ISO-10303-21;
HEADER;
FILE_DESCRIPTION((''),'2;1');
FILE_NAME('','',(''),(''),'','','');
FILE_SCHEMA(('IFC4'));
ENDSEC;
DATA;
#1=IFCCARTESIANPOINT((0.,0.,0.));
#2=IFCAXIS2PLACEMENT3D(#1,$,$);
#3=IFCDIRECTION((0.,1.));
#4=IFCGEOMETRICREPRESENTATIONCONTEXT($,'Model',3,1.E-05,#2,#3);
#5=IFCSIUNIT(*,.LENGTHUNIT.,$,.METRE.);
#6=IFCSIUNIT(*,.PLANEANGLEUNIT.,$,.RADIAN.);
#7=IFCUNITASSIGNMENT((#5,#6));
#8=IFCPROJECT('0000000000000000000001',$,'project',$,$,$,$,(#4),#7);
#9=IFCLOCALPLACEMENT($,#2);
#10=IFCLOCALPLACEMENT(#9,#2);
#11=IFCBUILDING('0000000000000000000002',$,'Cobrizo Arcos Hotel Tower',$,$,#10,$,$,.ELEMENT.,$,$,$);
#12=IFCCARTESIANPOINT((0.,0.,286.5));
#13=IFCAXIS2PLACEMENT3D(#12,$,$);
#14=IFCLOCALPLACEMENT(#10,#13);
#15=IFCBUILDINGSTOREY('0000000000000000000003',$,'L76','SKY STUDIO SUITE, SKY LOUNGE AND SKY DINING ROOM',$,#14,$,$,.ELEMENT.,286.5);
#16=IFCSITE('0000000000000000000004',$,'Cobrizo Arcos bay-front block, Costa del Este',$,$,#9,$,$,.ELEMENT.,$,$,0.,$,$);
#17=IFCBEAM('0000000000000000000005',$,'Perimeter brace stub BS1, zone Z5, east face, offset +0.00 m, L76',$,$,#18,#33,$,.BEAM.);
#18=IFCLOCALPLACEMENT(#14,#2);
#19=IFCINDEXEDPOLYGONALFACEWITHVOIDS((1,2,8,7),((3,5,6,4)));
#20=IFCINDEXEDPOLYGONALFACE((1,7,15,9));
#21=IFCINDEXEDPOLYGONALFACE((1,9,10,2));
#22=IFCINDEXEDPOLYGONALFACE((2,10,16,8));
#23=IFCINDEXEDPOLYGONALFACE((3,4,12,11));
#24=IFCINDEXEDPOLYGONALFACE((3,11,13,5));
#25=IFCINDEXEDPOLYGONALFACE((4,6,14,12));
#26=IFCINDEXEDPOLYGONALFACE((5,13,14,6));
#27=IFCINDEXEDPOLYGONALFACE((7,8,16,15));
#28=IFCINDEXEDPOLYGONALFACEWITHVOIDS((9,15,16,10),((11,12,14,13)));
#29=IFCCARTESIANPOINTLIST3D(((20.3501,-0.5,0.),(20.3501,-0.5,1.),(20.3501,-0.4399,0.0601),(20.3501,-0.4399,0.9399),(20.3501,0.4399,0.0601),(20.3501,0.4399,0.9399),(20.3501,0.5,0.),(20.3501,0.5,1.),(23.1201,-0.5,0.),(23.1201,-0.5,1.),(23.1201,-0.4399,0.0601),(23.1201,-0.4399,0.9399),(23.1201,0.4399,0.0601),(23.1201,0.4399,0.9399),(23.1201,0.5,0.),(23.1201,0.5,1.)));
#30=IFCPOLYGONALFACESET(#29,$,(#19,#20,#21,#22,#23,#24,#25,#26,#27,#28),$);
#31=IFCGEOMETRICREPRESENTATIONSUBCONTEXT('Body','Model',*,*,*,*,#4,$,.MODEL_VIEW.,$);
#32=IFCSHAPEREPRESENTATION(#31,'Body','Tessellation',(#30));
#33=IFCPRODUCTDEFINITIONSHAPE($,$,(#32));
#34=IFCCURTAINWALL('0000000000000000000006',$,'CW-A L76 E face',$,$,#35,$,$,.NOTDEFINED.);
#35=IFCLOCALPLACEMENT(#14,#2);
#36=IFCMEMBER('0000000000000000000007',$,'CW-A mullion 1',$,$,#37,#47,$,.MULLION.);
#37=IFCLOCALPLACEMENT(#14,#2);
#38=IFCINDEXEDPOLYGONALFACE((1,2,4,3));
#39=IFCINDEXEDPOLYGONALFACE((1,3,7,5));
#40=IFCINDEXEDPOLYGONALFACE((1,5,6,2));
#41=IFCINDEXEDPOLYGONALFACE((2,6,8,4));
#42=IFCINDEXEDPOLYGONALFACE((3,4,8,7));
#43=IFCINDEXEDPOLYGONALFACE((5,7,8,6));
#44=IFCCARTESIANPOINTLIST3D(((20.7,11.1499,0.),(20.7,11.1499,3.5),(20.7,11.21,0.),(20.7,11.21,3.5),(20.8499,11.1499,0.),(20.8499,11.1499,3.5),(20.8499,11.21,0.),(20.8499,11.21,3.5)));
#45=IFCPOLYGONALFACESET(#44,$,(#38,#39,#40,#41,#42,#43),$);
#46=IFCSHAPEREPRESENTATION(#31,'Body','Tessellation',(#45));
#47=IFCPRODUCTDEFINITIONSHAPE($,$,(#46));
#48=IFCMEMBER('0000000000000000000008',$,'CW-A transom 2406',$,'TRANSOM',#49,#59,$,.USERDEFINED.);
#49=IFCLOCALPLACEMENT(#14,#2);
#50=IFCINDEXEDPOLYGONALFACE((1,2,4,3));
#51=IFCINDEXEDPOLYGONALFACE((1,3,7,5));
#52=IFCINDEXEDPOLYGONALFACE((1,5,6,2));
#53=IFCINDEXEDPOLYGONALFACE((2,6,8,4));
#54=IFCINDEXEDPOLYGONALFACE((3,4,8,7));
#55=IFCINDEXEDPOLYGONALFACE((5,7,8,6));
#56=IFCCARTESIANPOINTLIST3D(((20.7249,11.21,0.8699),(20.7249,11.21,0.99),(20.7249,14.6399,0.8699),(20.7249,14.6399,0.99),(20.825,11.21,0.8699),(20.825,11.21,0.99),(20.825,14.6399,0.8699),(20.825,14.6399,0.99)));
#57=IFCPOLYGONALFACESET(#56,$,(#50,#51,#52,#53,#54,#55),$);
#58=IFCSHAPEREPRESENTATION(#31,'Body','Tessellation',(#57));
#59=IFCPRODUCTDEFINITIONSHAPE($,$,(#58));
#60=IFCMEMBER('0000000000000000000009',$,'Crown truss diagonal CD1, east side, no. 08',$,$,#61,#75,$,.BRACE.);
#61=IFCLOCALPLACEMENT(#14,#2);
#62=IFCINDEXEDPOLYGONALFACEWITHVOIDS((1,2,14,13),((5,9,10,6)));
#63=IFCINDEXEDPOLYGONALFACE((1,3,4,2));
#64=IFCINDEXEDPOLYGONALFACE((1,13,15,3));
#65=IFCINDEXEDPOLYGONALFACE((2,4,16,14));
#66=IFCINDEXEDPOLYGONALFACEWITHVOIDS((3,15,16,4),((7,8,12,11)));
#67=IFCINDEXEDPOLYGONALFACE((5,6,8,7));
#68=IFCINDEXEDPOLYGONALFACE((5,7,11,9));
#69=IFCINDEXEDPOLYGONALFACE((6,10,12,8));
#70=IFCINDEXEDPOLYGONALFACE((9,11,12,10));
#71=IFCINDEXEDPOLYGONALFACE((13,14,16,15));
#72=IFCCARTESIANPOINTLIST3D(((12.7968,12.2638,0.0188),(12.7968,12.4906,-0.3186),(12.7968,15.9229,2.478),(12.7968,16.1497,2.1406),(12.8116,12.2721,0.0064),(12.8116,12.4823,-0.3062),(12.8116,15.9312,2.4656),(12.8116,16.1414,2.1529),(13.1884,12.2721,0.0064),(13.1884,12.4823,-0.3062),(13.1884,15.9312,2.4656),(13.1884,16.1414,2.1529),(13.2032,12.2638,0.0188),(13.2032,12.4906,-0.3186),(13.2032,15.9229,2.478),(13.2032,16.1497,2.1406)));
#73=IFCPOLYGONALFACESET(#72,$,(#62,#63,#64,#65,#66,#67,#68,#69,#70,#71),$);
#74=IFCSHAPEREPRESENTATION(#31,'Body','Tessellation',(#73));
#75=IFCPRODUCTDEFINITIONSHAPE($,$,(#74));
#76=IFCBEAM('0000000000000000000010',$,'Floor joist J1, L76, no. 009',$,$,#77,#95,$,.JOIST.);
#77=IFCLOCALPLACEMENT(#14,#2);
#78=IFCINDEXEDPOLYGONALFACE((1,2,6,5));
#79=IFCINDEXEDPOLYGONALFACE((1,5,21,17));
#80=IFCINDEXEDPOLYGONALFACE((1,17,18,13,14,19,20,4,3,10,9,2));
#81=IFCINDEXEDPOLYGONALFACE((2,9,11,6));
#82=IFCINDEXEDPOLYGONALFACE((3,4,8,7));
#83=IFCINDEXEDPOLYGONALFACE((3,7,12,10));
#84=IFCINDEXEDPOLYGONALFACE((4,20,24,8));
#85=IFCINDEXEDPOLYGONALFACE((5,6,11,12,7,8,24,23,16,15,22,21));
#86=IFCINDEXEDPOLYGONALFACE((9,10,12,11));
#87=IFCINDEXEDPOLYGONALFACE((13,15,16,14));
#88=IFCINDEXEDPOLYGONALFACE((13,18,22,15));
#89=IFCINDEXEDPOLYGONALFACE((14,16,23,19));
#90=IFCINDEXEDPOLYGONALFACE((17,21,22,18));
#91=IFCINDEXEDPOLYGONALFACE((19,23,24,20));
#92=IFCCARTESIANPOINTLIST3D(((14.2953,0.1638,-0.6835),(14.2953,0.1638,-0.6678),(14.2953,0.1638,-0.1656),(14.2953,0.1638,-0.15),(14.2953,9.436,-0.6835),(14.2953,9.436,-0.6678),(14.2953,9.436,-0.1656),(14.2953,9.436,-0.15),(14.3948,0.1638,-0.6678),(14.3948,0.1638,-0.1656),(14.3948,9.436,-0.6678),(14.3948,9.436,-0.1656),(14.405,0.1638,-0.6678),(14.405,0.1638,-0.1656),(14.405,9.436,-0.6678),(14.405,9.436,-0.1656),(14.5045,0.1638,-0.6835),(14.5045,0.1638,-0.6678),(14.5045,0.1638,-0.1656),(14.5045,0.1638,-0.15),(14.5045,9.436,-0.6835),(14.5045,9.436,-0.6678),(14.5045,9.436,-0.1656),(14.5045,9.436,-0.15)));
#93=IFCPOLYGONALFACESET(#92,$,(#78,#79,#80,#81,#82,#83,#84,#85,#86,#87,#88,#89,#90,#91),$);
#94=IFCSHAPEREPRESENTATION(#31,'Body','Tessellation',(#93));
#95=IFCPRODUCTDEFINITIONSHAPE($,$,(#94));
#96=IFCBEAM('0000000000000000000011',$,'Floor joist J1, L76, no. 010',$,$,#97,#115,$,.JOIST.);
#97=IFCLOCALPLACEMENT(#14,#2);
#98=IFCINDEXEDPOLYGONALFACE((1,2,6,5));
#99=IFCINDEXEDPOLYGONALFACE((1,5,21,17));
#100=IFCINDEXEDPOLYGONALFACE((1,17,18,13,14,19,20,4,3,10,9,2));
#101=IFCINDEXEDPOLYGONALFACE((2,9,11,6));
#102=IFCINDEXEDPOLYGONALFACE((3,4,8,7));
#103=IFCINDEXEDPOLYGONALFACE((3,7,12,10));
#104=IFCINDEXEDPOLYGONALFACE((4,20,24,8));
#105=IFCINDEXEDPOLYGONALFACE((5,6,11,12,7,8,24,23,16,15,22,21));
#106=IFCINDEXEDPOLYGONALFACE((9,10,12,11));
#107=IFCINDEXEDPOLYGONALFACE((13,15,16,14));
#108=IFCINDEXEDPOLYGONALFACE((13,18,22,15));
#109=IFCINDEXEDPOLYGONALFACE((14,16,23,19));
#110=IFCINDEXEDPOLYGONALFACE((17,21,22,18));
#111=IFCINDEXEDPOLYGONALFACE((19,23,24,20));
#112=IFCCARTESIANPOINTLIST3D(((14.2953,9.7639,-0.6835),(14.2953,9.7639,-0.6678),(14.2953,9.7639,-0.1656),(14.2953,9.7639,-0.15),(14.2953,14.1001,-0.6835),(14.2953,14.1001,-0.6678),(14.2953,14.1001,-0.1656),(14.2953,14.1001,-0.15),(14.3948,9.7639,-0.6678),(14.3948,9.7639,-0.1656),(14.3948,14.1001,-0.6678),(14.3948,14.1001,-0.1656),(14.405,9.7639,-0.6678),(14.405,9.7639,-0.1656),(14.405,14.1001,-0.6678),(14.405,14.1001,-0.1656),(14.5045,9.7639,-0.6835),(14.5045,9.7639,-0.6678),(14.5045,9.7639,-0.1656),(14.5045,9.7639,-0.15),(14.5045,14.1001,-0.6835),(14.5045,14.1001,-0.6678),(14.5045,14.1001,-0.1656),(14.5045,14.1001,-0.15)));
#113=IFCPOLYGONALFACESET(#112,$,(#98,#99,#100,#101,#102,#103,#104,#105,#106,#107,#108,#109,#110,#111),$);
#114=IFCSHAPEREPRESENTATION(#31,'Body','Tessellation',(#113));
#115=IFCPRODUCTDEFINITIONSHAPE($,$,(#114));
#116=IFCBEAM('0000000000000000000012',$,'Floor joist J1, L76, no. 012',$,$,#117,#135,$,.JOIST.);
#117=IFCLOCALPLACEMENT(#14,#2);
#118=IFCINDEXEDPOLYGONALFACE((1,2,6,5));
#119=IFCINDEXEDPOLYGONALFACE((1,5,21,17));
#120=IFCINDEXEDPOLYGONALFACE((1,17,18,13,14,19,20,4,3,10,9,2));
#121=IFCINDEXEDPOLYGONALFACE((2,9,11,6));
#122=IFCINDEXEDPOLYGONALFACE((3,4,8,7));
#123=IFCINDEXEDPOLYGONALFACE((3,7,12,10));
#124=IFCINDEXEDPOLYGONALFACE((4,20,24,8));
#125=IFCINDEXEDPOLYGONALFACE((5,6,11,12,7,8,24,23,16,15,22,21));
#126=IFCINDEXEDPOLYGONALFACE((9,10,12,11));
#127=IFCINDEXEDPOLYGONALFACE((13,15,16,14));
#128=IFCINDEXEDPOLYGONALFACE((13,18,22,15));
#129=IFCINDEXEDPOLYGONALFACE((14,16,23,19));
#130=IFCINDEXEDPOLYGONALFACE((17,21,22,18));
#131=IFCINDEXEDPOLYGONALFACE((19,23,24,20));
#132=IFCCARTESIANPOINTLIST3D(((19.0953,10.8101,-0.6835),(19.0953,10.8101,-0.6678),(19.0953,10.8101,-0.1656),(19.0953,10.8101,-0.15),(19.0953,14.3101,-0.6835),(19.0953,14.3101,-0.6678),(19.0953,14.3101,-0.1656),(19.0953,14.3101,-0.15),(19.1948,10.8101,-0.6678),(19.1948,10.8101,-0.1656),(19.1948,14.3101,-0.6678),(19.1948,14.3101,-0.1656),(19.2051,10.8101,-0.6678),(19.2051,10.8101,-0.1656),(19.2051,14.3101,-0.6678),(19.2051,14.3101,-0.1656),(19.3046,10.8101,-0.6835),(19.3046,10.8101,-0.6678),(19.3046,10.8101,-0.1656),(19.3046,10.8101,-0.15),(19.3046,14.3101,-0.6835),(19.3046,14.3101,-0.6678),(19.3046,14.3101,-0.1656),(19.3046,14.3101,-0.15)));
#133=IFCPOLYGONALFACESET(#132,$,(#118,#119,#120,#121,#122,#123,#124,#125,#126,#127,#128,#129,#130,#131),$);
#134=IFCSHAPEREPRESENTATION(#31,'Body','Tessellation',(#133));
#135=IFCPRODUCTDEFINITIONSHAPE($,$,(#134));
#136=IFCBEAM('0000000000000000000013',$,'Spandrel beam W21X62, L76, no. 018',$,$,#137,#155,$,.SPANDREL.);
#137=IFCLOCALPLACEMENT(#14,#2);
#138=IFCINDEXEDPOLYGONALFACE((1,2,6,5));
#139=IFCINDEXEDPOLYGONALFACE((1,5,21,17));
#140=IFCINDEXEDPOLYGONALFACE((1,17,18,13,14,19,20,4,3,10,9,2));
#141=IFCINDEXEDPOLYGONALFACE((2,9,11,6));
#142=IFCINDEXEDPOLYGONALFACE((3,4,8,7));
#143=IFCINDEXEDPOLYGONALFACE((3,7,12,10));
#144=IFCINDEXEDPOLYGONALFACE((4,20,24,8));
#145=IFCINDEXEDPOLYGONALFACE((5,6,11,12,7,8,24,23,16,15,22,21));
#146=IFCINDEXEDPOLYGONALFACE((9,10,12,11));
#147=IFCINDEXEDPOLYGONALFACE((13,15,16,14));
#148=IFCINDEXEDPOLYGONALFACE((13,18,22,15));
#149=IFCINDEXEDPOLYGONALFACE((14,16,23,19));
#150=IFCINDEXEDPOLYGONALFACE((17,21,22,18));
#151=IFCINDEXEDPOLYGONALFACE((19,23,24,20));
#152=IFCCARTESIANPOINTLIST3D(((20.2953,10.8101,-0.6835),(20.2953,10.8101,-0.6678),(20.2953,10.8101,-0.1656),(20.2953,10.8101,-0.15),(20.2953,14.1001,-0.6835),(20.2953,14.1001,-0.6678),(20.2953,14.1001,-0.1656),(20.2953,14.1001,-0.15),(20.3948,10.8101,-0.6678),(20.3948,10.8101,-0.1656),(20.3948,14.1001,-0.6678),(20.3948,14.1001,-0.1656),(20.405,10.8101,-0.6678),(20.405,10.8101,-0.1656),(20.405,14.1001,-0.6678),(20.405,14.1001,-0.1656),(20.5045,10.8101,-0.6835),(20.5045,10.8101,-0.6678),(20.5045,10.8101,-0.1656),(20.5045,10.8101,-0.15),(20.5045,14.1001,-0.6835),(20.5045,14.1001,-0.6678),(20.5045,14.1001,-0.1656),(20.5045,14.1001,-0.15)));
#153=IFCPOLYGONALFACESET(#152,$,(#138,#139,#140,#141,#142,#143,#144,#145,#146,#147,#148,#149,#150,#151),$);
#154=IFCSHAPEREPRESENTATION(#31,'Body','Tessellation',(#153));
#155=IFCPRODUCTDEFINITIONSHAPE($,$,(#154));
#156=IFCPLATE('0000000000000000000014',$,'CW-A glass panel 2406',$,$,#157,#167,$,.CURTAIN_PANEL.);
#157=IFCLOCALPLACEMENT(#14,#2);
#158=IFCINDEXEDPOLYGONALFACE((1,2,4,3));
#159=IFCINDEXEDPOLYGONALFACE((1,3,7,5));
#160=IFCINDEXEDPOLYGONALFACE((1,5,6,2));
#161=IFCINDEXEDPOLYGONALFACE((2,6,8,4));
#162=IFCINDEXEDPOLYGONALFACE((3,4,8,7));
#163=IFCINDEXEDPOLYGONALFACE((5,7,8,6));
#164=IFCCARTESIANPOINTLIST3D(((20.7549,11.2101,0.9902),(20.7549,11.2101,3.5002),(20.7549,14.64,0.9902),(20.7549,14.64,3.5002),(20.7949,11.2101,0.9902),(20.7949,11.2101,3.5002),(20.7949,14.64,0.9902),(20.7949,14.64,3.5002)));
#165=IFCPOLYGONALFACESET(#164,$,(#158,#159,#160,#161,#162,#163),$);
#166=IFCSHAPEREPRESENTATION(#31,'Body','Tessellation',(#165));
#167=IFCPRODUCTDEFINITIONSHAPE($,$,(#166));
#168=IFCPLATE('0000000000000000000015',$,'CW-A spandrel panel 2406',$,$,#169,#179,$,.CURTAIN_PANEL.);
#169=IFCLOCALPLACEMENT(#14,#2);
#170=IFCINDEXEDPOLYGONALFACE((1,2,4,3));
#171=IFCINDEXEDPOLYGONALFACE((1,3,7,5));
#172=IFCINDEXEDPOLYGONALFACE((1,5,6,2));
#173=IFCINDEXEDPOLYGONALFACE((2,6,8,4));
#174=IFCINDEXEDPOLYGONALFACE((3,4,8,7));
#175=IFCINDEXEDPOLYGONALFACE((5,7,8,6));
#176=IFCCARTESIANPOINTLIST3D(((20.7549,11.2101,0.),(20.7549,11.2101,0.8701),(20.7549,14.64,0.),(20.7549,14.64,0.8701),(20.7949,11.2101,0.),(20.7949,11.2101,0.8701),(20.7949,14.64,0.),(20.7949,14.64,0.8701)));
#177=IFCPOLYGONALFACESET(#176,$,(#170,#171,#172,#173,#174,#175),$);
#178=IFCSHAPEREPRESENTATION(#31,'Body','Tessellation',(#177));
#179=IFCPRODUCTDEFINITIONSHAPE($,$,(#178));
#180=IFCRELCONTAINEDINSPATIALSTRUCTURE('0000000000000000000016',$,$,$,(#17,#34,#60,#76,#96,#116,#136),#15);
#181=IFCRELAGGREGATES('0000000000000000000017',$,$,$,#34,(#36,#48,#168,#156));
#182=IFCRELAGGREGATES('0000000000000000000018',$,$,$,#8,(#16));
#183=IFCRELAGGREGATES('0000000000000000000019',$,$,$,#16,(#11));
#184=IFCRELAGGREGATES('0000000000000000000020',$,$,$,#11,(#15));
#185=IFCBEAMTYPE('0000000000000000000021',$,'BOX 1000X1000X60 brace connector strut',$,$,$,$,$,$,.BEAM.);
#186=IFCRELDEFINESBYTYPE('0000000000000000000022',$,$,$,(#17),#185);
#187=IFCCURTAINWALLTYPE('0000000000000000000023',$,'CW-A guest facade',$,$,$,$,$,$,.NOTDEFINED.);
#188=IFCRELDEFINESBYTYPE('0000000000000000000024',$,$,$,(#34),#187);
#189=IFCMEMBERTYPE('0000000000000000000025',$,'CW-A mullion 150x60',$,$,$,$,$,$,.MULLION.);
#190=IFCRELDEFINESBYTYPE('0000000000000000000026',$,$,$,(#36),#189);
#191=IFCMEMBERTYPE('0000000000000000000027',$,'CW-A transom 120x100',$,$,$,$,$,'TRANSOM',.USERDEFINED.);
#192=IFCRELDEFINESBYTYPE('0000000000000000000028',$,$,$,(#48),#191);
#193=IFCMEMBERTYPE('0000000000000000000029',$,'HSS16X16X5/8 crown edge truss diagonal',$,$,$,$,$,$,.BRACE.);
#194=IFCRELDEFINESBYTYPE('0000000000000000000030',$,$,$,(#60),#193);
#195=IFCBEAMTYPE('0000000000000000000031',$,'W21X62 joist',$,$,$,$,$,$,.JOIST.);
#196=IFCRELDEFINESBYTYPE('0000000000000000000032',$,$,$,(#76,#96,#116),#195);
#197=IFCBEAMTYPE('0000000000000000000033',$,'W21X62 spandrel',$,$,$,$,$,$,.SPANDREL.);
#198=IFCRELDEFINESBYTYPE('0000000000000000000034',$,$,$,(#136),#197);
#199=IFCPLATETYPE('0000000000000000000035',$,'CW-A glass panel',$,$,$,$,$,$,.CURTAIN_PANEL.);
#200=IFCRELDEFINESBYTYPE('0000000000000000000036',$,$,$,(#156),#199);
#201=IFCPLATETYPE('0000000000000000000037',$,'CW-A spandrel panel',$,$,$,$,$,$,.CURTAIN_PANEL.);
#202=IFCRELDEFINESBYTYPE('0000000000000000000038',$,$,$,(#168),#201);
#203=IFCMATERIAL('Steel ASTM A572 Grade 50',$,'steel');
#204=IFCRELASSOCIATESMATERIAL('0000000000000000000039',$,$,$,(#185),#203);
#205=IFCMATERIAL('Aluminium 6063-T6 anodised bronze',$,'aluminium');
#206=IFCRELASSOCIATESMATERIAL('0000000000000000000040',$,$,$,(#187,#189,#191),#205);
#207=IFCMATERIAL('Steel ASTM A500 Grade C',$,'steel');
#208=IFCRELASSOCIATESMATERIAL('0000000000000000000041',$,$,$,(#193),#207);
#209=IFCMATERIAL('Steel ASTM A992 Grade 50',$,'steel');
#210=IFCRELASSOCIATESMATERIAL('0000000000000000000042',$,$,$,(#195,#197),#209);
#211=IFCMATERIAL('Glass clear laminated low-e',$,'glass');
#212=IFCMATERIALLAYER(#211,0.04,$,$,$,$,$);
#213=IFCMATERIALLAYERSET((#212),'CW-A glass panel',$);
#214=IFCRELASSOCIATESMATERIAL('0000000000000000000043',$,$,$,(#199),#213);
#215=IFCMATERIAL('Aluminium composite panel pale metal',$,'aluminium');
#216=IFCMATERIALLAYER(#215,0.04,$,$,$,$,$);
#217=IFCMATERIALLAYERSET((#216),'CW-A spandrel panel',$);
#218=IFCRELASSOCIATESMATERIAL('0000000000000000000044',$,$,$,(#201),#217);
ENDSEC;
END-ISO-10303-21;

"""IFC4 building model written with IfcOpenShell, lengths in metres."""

from ifc_helpers import new_model, si_unit, direction, frame, origin, origin_2d, place, context, subcontext, project, spatial, rectangle, hollow_rectangle, i_section, extrude, material, layer, layer_set, material_profile, profile_set, type_object, element, aggregate, save


model = new_model("IFC4")

# Units and contexts
model_context = context("Model", 3, precision=1e-05, world=origin(), true_north=direction((0.0, 1.0)))
body_context = subcontext(model_context, "Body", "Model", "MODEL_VIEW")
ifc_project = project(units=[si_unit("LENGTHUNIT", "METRE"), si_unit("PLANEANGLEUNIT", "RADIAN")], contexts=[model_context])

# Site, building, storey
site_placement = place(None, origin())
site = spatial("IfcSite", under=ifc_project, at=site_placement, Name="Cobrizo Arcos bay-front block, Costa del Este", CompositionType="ELEMENT", RefElevation=0.0)
building_placement = place(site_placement, origin())
building = spatial("IfcBuilding", under=site, at=building_placement, Name="Cobrizo Arcos Hotel Tower", CompositionType="ELEMENT")
storey_placement = place(building_placement, frame((0.0, 0.0, 286.5)))
storey = spatial("IfcBuildingStorey", under=building, at=storey_placement, Name="L76", Description="SKY STUDIO SUITE, SKY LOUNGE AND SKY DINING ROOM", CompositionType="ELEMENT", Elevation=286.5)

# Beam
ifc_material_1 = material(Name="Steel ASTM A572 Grade 50", Category="steel")
ifc_material_profile_1 = material_profile(ifc_material_1, hollow_rectangle(XDim=1.0, YDim=1.0, WallThickness=0.0601, at=origin_2d()), Name="BOX 1000X1000X60")
ifc_profile_set_1 = profile_set([ifc_material_profile_1], Name="Steel ASTM A572 Grade 50")
beam_type_1 = type_object("IfcBeamType", Name="BOX 1000X1000X60 brace connector strut", PredefinedType="BEAM", material=ifc_profile_set_1)
beam_1_placement = place(storey_placement, frame((20.3501, 0.0, 0.5), z_axis=(1.0, 0.0, 0.0), x_axis=(0.0, 1.0, 0.0)))
element("IfcBeam", 1, at=beam_1_placement, inside=storey, type_object=beam_type_1, Name="Perimeter brace stub BS1, zone Z5, east face, offset +0.00 m, L76", PredefinedType="BEAM", context=body_context, shape_type="SweptSolid", body=[
    extrude(hollow_rectangle(XDim=1.0, YDim=1.0, WallThickness=0.0601, at=origin_2d()), origin(), (0.0, 0.0, 1.0), 2.77),
])

# Curtain wall, members
ifc_material_2 = material(Name="Aluminium 6063-T6 anodised bronze", Category="aluminium")
curtain_wall_type = type_object("IfcCurtainWallType", Name="CW-A guest facade", PredefinedType="NOTDEFINED", material=ifc_material_2)
curtain_wall_placement = place(storey_placement, origin())
curtain_wall = element("IfcCurtainWall", 2, at=curtain_wall_placement, inside=storey, type_object=curtain_wall_type, Name="CW-A L76 E face", PredefinedType="NOTDEFINED")
ifc_material_profile_2 = material_profile(ifc_material_2, rectangle(XDim=0.1499, YDim=0.0601, at=origin_2d()), Name="CW-A mullion 150x60")
ifc_profile_set_2 = profile_set([ifc_material_profile_2], Name="Aluminium 6063-T6 anodised bronze")
member_type_1 = type_object("IfcMemberType", Name="CW-A mullion 150x60", PredefinedType="MULLION", material=ifc_profile_set_2)
member_1_placement = place(storey_placement, frame((20.7749, 11.1799, 0.0), z_axis=(0.0, 0.0, 1.0), x_axis=(1.0, 0.0, 0.0)))
member_1 = element("IfcMember", 3, at=member_1_placement, type_object=member_type_1, Name="CW-A mullion 1", PredefinedType="MULLION", context=body_context, shape_type="SweptSolid", body=[
    extrude(rectangle(XDim=0.1499, YDim=0.0601, at=origin_2d()), origin(), (0.0, 0.0, 1.0), 3.5),
])
ifc_material_profile_3 = material_profile(ifc_material_2, rectangle(XDim=0.1001, YDim=0.1201, at=origin_2d()), Name="CW-A transom 120x100")
ifc_profile_set_3 = profile_set([ifc_material_profile_3], Name="Aluminium 6063-T6 anodised bronze")
member_type_2 = type_object("IfcMemberType", Name="CW-A transom 120x100", ElementType="TRANSOM", PredefinedType="USERDEFINED", material=ifc_profile_set_3)
member_2_placement = place(storey_placement, frame((20.7749, 11.21, 0.9299), z_axis=(0.0, 1.0, 0.0), x_axis=(-1.0, 0.0, 0.0)))
member_2 = element("IfcMember", 4, at=member_2_placement, type_object=member_type_2, Name="CW-A transom 2406", ObjectType="TRANSOM", PredefinedType="USERDEFINED", context=body_context, shape_type="SweptSolid", body=[
    extrude(rectangle(XDim=0.1001, YDim=0.1201, at=origin_2d()), origin(), (0.0, 0.0, 1.0), 3.4299),
])

# Member
ifc_material_3 = material(Name="Steel ASTM A500 Grade C", Category="steel")
ifc_material_profile_4 = material_profile(ifc_material_3, hollow_rectangle(XDim=0.4065, YDim=0.4065, WallThickness=0.0149, at=origin_2d()), Name="HSS16X16X5/8")
ifc_profile_set_4 = profile_set([ifc_material_profile_4], Name="Steel ASTM A500 Grade C")
member_type_3 = type_object("IfcMemberType", Name="HSS16X16X5/8 crown edge truss diagonal", PredefinedType="BRACE", material=ifc_profile_set_4)
member_3_placement = place(storey_placement, frame((13.0, 12.3772, -0.1499), z_axis=(0.0, 0.829974, 0.557802), x_axis=(-1.0, 0.0, 0.0)))
element("IfcMember", 5, at=member_3_placement, inside=storey, type_object=member_type_3, Name="Crown truss diagonal CD1, east side, no. 08", PredefinedType="BRACE", context=body_context, shape_type="SweptSolid", body=[
    extrude(hollow_rectangle(XDim=0.4065, YDim=0.4065, WallThickness=0.0149, at=origin_2d()), origin(), (0.0, 0.0, 1.0), 4.4087),
])

# Beams
ifc_material_4 = material(Name="Steel ASTM A992 Grade 50", Category="steel")
ifc_material_profile_5 = material_profile(ifc_material_4, i_section(OverallWidth=0.2092, OverallDepth=0.5334, WebThickness=0.0103, FlangeThickness=0.0156, at=origin_2d()), Name="W21X62")
ifc_profile_set_5 = profile_set([ifc_material_profile_5], Name="Steel ASTM A992 Grade 50")
beam_type_2 = type_object("IfcBeamType", Name="W21X62 joist", PredefinedType="JOIST", material=ifc_profile_set_5)
beam_2_placement = place(storey_placement, frame((14.3999, 0.1638, -0.4167), z_axis=(0.0, 1.0, 0.0), x_axis=(-1.0, 0.0, 0.0)))
element("IfcBeam", 6, at=beam_2_placement, inside=storey, type_object=beam_type_2, Name="Floor joist J1, L76, no. 009", PredefinedType="JOIST", context=body_context, shape_type="SweptSolid", body=[
    extrude(i_section(OverallWidth=0.2092, OverallDepth=0.5334, WebThickness=0.0103, FlangeThickness=0.0156, at=origin_2d()), origin(), (0.0, 0.0, 1.0), 9.2722),
])
beam_3_placement = place(storey_placement, frame((14.3999, 9.7639, -0.4167), z_axis=(0.0, 1.0, 0.0), x_axis=(-1.0, 0.0, 0.0)))
element("IfcBeam", 7, at=beam_3_placement, inside=storey, type_object=beam_type_2, Name="Floor joist J1, L76, no. 010", PredefinedType="JOIST", context=body_context, shape_type="SweptSolid", body=[
    extrude(i_section(OverallWidth=0.2092, OverallDepth=0.5334, WebThickness=0.0103, FlangeThickness=0.0156, at=origin_2d()), origin(), (0.0, 0.0, 1.0), 4.3362),
])
beam_4_placement = place(storey_placement, frame((19.2, 10.8101, -0.4167), z_axis=(0.0, 1.0, 0.0), x_axis=(-1.0, 0.0, 0.0)))
element("IfcBeam", 8, at=beam_4_placement, inside=storey, type_object=beam_type_2, Name="Floor joist J1, L76, no. 012", PredefinedType="JOIST", context=body_context, shape_type="SweptSolid", body=[
    extrude(i_section(OverallWidth=0.2092, OverallDepth=0.5334, WebThickness=0.0103, FlangeThickness=0.0156, at=origin_2d()), origin(), (0.0, 0.0, 1.0), 3.5),
])
ifc_material_profile_6 = material_profile(ifc_material_4, i_section(OverallWidth=0.2092, OverallDepth=0.5334, WebThickness=0.0103, FlangeThickness=0.0156, at=origin_2d()), Name="W21X62")
ifc_profile_set_6 = profile_set([ifc_material_profile_6], Name="Steel ASTM A992 Grade 50")
beam_type_3 = type_object("IfcBeamType", Name="W21X62 spandrel", PredefinedType="SPANDREL", material=ifc_profile_set_6)
beam_5_placement = place(storey_placement, frame((20.3999, 14.1001, -0.4167), z_axis=(0.0, -1.0, 0.0), x_axis=(1.0, 0.0, 0.0)))
element("IfcBeam", 9, at=beam_5_placement, inside=storey, type_object=beam_type_3, Name="Spandrel beam W21X62, L76, no. 018", PredefinedType="SPANDREL", context=body_context, shape_type="SweptSolid", body=[
    extrude(i_section(OverallWidth=0.2092, OverallDepth=0.5334, WebThickness=0.0103, FlangeThickness=0.0156, at=origin_2d()), origin(), (0.0, 0.0, 1.0), 3.29),
])

# Plates
ifc_material_5 = material(Name="Glass clear laminated low-e", Category="glass")
ifc_layer_1 = layer(ifc_material_5, 0.04)
ifc_layer_set_1 = layer_set([ifc_layer_1], Name="CW-A glass panel")
plate_type_1 = type_object("IfcPlateType", Name="CW-A glass panel", PredefinedType="CURTAIN_PANEL", material=ifc_layer_set_1)
plate_1_placement = place(storey_placement, frame((20.7749, 12.925, 0.9902), z_axis=(0.0, 0.0, 1.0), x_axis=(0.0, 1.0, 0.0)))
plate_1 = element("IfcPlate", 10, at=plate_1_placement, type_object=plate_type_1, Name="CW-A glass panel 2406", PredefinedType="CURTAIN_PANEL", context=body_context, shape_type="SweptSolid", body=[
    extrude(rectangle(XDim=3.4299, YDim=0.04, at=origin_2d()), origin(), (0.0, 0.0, 1.0), 2.51),
])
ifc_material_6 = material(Name="Aluminium composite panel pale metal", Category="aluminium")
ifc_layer_2 = layer(ifc_material_6, 0.04)
ifc_layer_set_2 = layer_set([ifc_layer_2], Name="CW-A spandrel panel")
plate_type_2 = type_object("IfcPlateType", Name="CW-A spandrel panel", PredefinedType="CURTAIN_PANEL", material=ifc_layer_set_2)
plate_2_placement = place(storey_placement, frame((20.7749, 12.925, 0.0), z_axis=(0.0, 0.0, 1.0), x_axis=(0.0, 1.0, 0.0)))
plate_2 = element("IfcPlate", 11, at=plate_2_placement, type_object=plate_type_2, Name="CW-A spandrel panel 2406", PredefinedType="CURTAIN_PANEL", context=body_context, shape_type="SweptSolid", body=[
    extrude(rectangle(XDim=3.4299, YDim=0.04, at=origin_2d()), origin(), (0.0, 0.0, 1.0), 0.8701),
])
aggregate(curtain_wall, [member_1, member_2, plate_2, plate_1])

save(model, "model.ifc")
